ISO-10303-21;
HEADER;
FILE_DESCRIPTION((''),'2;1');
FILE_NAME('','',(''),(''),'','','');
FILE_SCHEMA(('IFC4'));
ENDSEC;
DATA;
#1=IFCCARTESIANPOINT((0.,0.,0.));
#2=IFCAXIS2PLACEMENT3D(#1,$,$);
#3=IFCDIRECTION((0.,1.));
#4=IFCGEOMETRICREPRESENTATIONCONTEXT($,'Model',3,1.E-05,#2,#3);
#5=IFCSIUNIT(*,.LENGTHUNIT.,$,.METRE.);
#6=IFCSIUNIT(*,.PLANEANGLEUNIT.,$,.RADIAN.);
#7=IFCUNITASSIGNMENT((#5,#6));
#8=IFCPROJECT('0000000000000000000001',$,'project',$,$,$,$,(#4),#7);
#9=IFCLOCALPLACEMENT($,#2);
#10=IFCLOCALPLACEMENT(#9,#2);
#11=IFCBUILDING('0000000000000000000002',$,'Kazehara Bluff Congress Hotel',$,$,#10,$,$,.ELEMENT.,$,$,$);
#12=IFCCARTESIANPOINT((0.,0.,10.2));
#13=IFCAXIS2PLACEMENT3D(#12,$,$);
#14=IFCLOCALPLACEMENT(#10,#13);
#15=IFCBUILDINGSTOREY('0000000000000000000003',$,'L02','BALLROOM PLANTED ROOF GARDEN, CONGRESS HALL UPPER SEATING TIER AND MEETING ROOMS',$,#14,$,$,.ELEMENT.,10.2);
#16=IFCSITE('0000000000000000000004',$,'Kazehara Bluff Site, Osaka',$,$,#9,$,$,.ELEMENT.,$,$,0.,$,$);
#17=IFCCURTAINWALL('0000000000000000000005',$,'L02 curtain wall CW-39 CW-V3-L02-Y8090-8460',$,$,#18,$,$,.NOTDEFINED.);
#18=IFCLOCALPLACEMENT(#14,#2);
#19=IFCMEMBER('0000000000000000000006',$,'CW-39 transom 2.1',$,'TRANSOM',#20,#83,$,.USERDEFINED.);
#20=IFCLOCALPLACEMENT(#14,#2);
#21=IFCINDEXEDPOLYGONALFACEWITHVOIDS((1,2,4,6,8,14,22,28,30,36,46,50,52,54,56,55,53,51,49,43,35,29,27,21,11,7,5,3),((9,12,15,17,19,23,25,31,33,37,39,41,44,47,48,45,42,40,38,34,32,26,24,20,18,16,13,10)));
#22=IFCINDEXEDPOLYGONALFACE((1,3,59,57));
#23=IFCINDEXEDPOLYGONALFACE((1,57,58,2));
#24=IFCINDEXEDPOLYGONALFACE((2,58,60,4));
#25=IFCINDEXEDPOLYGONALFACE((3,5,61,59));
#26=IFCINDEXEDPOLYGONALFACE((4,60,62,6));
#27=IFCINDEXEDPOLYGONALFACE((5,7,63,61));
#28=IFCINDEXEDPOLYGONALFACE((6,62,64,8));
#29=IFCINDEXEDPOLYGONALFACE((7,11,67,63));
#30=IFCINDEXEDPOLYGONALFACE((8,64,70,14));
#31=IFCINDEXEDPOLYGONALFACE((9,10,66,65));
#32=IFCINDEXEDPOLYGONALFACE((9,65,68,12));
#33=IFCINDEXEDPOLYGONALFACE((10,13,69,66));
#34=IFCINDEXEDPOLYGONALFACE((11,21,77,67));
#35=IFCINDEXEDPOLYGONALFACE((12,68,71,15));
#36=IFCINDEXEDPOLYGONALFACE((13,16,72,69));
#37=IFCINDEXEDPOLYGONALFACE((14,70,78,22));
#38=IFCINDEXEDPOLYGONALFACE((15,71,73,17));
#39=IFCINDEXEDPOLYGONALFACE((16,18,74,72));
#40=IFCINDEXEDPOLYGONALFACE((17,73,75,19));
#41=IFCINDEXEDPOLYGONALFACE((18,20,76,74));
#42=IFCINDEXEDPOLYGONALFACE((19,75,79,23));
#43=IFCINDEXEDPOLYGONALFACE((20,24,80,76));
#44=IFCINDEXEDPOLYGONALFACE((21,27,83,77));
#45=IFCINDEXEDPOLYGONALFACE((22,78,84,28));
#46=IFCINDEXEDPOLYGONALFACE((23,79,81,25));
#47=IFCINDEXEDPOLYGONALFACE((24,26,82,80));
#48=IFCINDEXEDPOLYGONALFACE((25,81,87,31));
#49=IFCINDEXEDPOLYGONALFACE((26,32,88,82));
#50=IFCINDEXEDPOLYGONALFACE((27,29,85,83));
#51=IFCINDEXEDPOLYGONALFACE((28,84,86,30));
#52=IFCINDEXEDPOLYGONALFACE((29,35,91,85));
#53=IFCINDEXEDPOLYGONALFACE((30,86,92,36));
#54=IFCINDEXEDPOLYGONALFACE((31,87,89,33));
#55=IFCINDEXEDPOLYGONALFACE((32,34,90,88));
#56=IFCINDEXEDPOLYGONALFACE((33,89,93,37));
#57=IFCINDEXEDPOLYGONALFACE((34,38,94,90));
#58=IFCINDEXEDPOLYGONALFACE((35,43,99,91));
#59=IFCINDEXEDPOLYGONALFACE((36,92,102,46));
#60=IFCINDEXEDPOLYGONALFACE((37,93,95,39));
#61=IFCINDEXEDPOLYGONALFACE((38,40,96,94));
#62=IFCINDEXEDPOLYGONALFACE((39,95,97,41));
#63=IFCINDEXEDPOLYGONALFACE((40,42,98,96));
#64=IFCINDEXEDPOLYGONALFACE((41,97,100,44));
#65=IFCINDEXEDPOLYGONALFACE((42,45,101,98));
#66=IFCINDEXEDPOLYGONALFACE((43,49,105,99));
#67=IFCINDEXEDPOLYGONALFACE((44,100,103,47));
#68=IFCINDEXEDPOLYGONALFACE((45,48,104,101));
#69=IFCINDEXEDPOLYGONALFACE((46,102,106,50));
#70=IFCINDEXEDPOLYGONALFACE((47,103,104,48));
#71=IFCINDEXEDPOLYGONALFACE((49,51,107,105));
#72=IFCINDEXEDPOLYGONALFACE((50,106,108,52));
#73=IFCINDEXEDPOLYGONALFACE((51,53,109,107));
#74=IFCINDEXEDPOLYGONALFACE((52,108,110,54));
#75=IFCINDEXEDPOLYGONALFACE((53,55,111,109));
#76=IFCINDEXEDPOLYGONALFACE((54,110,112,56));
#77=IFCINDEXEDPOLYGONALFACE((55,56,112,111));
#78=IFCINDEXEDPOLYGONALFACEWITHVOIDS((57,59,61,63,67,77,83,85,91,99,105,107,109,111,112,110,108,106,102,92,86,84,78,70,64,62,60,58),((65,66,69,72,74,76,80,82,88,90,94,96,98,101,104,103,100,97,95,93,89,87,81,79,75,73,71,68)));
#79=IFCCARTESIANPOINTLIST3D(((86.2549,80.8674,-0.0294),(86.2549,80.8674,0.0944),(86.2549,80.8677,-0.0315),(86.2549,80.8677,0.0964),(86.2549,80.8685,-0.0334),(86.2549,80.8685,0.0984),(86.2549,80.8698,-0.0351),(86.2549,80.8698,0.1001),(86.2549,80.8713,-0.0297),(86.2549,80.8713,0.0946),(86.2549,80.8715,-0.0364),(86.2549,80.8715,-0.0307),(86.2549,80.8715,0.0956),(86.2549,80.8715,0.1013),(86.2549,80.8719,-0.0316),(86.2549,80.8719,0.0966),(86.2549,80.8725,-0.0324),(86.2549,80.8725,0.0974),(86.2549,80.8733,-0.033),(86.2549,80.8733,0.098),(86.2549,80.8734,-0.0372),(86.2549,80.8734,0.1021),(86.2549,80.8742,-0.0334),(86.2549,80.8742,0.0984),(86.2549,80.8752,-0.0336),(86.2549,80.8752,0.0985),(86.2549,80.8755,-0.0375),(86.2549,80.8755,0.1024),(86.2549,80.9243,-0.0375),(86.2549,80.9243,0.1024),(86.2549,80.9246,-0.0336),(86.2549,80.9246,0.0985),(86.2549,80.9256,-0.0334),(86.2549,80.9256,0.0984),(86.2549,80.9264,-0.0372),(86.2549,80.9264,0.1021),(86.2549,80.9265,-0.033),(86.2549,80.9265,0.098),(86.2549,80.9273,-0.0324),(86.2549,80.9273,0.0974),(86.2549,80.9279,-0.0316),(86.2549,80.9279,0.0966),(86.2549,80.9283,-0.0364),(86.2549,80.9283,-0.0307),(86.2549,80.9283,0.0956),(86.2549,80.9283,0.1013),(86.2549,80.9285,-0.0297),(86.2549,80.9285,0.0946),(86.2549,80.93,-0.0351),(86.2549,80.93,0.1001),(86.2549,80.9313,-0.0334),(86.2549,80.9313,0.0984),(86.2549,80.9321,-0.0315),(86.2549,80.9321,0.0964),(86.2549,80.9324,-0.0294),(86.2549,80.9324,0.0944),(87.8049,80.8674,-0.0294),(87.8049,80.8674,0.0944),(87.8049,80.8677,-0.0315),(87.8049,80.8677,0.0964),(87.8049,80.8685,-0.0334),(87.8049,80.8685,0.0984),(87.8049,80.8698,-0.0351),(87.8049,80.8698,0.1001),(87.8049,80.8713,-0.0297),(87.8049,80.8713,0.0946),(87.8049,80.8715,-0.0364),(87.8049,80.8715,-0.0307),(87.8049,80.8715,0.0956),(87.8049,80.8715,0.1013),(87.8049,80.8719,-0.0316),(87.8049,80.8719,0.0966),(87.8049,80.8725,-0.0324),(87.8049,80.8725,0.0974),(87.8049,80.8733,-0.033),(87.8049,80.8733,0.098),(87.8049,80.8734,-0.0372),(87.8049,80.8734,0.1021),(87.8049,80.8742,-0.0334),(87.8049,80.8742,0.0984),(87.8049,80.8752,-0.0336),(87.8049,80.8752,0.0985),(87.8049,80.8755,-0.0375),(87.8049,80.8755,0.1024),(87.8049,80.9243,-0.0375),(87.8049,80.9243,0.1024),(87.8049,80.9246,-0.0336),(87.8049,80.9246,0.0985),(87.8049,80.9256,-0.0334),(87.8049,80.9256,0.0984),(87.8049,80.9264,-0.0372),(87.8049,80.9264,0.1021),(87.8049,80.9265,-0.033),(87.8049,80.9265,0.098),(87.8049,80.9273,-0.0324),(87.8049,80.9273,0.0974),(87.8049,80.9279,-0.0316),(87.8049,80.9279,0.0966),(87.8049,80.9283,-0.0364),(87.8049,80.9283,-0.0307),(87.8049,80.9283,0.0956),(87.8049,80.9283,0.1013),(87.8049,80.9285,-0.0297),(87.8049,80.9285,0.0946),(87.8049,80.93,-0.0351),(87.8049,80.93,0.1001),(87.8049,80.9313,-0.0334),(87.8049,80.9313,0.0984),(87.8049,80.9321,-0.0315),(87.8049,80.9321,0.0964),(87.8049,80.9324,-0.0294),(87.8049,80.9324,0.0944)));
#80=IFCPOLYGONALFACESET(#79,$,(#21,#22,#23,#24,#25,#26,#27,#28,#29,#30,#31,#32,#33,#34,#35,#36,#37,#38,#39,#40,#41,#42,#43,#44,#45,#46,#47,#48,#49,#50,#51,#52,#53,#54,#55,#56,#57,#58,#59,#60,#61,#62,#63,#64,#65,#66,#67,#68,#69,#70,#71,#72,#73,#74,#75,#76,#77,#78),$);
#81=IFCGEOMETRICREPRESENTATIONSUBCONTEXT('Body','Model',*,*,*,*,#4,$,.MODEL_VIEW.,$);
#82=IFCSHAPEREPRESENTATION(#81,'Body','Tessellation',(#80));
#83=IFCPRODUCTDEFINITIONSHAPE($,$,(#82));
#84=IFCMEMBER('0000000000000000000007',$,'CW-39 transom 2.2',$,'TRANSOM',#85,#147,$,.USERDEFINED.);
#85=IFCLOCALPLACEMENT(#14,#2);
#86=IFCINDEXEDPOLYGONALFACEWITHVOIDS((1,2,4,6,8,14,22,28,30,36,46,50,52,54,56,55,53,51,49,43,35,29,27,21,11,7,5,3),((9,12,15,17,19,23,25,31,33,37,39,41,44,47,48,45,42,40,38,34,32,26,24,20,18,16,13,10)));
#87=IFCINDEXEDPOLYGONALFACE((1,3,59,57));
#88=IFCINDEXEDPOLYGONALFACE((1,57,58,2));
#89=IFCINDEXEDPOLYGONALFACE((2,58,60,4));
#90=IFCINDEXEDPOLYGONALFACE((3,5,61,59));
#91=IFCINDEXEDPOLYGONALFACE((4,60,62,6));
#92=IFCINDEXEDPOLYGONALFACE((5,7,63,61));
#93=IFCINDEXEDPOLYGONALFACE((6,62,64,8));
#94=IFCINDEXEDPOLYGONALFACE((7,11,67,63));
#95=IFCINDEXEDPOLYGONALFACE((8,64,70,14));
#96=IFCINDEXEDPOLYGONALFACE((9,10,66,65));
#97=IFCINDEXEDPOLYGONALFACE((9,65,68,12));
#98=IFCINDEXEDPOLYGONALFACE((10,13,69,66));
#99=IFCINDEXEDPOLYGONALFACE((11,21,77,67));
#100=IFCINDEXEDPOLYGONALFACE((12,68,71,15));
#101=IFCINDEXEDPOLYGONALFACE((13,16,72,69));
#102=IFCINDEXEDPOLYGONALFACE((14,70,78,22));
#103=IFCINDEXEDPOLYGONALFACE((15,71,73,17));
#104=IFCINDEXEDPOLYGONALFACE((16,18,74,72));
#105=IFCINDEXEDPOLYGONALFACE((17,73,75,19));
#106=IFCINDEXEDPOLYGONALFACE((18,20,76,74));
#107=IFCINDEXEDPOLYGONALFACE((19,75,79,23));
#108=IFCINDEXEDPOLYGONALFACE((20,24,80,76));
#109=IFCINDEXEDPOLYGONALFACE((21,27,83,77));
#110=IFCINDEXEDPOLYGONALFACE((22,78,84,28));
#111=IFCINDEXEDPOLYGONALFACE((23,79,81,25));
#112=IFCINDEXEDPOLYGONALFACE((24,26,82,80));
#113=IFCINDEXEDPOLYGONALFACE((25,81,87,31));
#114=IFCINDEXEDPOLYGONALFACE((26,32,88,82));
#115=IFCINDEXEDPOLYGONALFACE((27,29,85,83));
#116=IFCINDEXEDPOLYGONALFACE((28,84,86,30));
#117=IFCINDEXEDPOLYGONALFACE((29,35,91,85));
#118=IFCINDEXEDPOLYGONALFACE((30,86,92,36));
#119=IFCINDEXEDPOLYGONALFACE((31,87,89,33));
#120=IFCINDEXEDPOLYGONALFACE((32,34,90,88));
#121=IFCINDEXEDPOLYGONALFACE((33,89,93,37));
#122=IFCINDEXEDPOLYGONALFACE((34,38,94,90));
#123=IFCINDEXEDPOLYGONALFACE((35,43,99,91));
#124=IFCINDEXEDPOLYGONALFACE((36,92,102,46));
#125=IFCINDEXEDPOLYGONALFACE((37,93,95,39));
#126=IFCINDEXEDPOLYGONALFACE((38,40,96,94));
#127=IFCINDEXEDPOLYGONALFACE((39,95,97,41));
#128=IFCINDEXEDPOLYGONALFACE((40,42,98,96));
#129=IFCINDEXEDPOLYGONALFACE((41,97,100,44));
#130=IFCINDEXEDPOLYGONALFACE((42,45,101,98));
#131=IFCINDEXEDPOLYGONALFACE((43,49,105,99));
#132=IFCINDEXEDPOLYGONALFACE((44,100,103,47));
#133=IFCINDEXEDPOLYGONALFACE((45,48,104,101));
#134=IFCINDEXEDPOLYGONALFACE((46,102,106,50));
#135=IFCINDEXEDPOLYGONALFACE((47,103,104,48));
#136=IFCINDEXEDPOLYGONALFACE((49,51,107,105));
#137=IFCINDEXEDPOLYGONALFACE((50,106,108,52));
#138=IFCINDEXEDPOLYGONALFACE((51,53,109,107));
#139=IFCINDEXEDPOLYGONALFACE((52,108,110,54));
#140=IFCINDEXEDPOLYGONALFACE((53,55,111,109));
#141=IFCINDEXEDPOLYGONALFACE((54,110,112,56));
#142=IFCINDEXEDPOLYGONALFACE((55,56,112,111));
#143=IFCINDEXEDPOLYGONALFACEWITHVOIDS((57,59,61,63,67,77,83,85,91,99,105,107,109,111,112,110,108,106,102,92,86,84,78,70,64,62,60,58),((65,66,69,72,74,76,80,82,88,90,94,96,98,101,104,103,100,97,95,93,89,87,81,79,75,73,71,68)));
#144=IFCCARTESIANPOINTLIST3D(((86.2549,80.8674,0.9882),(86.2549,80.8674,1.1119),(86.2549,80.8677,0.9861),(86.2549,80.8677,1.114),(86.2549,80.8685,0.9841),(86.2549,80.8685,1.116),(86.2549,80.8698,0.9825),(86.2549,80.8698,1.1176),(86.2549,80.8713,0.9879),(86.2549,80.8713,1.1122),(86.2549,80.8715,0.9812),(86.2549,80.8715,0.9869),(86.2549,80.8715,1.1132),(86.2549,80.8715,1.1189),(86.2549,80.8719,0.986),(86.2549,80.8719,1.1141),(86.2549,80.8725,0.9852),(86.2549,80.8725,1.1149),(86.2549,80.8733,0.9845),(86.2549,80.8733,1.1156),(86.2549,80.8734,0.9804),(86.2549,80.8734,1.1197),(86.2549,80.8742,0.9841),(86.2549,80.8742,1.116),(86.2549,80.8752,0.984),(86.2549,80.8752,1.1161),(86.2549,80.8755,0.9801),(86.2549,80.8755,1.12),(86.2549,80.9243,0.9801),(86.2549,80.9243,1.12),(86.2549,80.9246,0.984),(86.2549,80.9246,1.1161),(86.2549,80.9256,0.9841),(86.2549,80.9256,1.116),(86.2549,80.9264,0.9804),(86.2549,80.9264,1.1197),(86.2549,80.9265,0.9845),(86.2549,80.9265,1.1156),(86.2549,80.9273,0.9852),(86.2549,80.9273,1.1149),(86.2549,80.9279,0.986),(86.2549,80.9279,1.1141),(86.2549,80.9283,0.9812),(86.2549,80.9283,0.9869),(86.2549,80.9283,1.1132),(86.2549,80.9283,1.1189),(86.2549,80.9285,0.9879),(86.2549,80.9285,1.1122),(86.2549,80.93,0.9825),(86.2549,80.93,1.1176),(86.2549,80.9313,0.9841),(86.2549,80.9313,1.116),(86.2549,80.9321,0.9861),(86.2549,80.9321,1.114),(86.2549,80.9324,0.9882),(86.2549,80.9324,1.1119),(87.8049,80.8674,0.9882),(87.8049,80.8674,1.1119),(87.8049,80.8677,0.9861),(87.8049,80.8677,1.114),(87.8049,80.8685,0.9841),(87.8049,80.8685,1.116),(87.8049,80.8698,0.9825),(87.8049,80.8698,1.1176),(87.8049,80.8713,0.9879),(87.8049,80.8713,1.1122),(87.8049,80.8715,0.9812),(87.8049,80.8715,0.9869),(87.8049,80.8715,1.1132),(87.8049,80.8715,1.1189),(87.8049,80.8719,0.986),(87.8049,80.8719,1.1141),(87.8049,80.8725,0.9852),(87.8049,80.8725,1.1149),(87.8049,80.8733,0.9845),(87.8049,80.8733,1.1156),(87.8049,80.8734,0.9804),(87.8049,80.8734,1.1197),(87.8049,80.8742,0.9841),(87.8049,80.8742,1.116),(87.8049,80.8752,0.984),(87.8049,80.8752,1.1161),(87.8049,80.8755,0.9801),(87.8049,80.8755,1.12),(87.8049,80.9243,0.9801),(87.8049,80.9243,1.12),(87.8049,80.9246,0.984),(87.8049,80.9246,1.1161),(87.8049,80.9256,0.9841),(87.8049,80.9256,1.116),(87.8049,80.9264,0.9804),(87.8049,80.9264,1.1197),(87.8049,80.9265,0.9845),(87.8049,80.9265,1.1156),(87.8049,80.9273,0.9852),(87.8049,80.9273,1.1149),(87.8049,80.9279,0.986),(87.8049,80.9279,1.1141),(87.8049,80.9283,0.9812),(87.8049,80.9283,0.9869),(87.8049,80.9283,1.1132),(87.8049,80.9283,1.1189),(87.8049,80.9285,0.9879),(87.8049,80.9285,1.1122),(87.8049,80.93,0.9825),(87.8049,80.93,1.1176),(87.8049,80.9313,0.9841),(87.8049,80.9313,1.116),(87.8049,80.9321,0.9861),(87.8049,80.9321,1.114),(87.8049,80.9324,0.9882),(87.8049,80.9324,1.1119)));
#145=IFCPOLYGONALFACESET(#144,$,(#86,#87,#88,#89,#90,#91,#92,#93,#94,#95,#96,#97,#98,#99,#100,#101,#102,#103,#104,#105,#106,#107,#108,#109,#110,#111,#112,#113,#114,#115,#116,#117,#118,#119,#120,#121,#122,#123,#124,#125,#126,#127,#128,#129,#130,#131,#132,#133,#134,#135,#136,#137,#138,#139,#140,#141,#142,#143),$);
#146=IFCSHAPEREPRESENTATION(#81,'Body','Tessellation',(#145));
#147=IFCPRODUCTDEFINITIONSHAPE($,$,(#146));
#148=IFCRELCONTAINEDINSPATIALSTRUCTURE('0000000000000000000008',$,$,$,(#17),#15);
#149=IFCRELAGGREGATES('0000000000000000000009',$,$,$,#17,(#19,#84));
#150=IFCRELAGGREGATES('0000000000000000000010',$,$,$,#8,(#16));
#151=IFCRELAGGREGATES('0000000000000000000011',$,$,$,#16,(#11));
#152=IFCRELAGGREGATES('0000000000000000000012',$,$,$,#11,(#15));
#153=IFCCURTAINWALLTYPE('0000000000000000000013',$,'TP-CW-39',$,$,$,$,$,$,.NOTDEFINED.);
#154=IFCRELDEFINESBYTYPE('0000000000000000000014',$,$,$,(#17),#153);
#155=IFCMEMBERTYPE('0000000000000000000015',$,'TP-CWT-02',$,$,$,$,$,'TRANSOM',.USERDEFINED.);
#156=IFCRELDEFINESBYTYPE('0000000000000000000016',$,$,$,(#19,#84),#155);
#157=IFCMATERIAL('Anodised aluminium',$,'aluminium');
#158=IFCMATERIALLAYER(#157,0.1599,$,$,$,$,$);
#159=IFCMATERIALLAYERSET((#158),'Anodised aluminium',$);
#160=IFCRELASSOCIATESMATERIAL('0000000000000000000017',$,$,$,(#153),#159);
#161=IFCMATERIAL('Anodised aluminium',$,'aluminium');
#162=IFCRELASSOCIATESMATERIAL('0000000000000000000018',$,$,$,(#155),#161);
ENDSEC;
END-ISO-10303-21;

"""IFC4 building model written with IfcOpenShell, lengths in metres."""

from ifc_helpers import new_model, si_unit, direction, frame, origin, origin_2d, place, context, subcontext, project, spatial, hollow_rectangle, extrude, material, layer, layer_set, material_profile, profile_set, type_object, element, aggregate, save


model = new_model("IFC4")

# Units and contexts
model_context = context("Model", 3, precision=1e-05, world=origin(), true_north=direction((0.0, 1.0)))
body_context = subcontext(model_context, "Body", "Model", "MODEL_VIEW")
ifc_project = project(units=[si_unit("LENGTHUNIT", "METRE"), si_unit("PLANEANGLEUNIT", "RADIAN")], contexts=[model_context])

# Site, building, storey
site_placement = place(None, origin())
site = spatial("IfcSite", under=ifc_project, at=site_placement, Name="Kazehara Bluff Site, Osaka", CompositionType="ELEMENT", RefElevation=0.0)
building_placement = place(site_placement, origin())
building = spatial("IfcBuilding", under=site, at=building_placement, Name="Kazehara Bluff Congress Hotel", CompositionType="ELEMENT")
storey_placement = place(building_placement, frame((0.0, 0.0, 10.2)))
storey = spatial("IfcBuildingStorey", under=building, at=storey_placement, Name="L02", Description="BALLROOM PLANTED ROOF GARDEN, CONGRESS HALL UPPER SEATING TIER AND MEETING ROOMS", CompositionType="ELEMENT", Elevation=10.2)

# Curtain wall
ifc_material_1 = material(Name="Anodised aluminium", Category="aluminium")
ifc_layer_1 = layer(ifc_material_1, 0.1599)
ifc_layer_set_1 = layer_set([ifc_layer_1], Name="Anodised aluminium")
curtain_wall_type = type_object("IfcCurtainWallType", Name="TP-CW-39", PredefinedType="NOTDEFINED", material=ifc_layer_set_1)
curtain_wall_1_placement = place(storey_placement, origin())
curtain_wall_1 = element("IfcCurtainWall", 1, at=curtain_wall_1_placement, inside=storey, type_object=curtain_wall_type, Name="L02 curtain wall CW-39 CW-V3-L02-Y8090-8460", PredefinedType="NOTDEFINED")

# Members
ifc_material_2 = material(Name="Anodised aluminium", Category="aluminium")
ifc_material_profile_1 = material_profile(ifc_material_2, hollow_rectangle(XDim=0.0649, YDim=0.1399, WallThickness=0.0039, InnerFilletRadius=0.0039, OuterFilletRadius=0.0081, at=origin_2d()))
ifc_profile_set_1 = profile_set([ifc_material_profile_1], Name="Anodised aluminium")
member_type_1 = type_object("IfcMemberType", Name="TP-CWT-02", ElementType="TRANSOM", PredefinedType="USERDEFINED", material=ifc_profile_set_1)
member_1_placement = place(storey_placement, frame((86.2549, 80.8999, 0.0325), z_axis=(1.0, 0.0, 0.0), x_axis=(0.0, 1.0, 0.0)))
member_1 = element("IfcMember", 2, at=member_1_placement, type_object=member_type_1, Name="CW-39 transom 2.1", ObjectType="TRANSOM", PredefinedType="USERDEFINED", context=body_context, shape_type="SweptSolid", body=[
    extrude(hollow_rectangle(XDim=0.0649, YDim=0.1399, WallThickness=0.0039, InnerFilletRadius=0.0039, OuterFilletRadius=0.0081, at=origin_2d()), origin(), (0.0, 0.0, 1.0), 1.55),
])
member_2_placement = place(storey_placement, frame((86.2549, 80.8999, 1.05), z_axis=(1.0, 0.0, 0.0), x_axis=(0.0, 1.0, 0.0)))
member_2 = element("IfcMember", 3, at=member_2_placement, type_object=member_type_1, Name="CW-39 transom 2.2", ObjectType="TRANSOM", PredefinedType="USERDEFINED", context=body_context, shape_type="SweptSolid", body=[
    extrude(hollow_rectangle(XDim=0.0649, YDim=0.1399, WallThickness=0.0039, InnerFilletRadius=0.0039, OuterFilletRadius=0.0081, at=origin_2d()), origin(), (0.0, 0.0, 1.0), 1.55),
])

aggregate(curtain_wall_1, [member_1, member_2])

save(model, "model.ifc")
